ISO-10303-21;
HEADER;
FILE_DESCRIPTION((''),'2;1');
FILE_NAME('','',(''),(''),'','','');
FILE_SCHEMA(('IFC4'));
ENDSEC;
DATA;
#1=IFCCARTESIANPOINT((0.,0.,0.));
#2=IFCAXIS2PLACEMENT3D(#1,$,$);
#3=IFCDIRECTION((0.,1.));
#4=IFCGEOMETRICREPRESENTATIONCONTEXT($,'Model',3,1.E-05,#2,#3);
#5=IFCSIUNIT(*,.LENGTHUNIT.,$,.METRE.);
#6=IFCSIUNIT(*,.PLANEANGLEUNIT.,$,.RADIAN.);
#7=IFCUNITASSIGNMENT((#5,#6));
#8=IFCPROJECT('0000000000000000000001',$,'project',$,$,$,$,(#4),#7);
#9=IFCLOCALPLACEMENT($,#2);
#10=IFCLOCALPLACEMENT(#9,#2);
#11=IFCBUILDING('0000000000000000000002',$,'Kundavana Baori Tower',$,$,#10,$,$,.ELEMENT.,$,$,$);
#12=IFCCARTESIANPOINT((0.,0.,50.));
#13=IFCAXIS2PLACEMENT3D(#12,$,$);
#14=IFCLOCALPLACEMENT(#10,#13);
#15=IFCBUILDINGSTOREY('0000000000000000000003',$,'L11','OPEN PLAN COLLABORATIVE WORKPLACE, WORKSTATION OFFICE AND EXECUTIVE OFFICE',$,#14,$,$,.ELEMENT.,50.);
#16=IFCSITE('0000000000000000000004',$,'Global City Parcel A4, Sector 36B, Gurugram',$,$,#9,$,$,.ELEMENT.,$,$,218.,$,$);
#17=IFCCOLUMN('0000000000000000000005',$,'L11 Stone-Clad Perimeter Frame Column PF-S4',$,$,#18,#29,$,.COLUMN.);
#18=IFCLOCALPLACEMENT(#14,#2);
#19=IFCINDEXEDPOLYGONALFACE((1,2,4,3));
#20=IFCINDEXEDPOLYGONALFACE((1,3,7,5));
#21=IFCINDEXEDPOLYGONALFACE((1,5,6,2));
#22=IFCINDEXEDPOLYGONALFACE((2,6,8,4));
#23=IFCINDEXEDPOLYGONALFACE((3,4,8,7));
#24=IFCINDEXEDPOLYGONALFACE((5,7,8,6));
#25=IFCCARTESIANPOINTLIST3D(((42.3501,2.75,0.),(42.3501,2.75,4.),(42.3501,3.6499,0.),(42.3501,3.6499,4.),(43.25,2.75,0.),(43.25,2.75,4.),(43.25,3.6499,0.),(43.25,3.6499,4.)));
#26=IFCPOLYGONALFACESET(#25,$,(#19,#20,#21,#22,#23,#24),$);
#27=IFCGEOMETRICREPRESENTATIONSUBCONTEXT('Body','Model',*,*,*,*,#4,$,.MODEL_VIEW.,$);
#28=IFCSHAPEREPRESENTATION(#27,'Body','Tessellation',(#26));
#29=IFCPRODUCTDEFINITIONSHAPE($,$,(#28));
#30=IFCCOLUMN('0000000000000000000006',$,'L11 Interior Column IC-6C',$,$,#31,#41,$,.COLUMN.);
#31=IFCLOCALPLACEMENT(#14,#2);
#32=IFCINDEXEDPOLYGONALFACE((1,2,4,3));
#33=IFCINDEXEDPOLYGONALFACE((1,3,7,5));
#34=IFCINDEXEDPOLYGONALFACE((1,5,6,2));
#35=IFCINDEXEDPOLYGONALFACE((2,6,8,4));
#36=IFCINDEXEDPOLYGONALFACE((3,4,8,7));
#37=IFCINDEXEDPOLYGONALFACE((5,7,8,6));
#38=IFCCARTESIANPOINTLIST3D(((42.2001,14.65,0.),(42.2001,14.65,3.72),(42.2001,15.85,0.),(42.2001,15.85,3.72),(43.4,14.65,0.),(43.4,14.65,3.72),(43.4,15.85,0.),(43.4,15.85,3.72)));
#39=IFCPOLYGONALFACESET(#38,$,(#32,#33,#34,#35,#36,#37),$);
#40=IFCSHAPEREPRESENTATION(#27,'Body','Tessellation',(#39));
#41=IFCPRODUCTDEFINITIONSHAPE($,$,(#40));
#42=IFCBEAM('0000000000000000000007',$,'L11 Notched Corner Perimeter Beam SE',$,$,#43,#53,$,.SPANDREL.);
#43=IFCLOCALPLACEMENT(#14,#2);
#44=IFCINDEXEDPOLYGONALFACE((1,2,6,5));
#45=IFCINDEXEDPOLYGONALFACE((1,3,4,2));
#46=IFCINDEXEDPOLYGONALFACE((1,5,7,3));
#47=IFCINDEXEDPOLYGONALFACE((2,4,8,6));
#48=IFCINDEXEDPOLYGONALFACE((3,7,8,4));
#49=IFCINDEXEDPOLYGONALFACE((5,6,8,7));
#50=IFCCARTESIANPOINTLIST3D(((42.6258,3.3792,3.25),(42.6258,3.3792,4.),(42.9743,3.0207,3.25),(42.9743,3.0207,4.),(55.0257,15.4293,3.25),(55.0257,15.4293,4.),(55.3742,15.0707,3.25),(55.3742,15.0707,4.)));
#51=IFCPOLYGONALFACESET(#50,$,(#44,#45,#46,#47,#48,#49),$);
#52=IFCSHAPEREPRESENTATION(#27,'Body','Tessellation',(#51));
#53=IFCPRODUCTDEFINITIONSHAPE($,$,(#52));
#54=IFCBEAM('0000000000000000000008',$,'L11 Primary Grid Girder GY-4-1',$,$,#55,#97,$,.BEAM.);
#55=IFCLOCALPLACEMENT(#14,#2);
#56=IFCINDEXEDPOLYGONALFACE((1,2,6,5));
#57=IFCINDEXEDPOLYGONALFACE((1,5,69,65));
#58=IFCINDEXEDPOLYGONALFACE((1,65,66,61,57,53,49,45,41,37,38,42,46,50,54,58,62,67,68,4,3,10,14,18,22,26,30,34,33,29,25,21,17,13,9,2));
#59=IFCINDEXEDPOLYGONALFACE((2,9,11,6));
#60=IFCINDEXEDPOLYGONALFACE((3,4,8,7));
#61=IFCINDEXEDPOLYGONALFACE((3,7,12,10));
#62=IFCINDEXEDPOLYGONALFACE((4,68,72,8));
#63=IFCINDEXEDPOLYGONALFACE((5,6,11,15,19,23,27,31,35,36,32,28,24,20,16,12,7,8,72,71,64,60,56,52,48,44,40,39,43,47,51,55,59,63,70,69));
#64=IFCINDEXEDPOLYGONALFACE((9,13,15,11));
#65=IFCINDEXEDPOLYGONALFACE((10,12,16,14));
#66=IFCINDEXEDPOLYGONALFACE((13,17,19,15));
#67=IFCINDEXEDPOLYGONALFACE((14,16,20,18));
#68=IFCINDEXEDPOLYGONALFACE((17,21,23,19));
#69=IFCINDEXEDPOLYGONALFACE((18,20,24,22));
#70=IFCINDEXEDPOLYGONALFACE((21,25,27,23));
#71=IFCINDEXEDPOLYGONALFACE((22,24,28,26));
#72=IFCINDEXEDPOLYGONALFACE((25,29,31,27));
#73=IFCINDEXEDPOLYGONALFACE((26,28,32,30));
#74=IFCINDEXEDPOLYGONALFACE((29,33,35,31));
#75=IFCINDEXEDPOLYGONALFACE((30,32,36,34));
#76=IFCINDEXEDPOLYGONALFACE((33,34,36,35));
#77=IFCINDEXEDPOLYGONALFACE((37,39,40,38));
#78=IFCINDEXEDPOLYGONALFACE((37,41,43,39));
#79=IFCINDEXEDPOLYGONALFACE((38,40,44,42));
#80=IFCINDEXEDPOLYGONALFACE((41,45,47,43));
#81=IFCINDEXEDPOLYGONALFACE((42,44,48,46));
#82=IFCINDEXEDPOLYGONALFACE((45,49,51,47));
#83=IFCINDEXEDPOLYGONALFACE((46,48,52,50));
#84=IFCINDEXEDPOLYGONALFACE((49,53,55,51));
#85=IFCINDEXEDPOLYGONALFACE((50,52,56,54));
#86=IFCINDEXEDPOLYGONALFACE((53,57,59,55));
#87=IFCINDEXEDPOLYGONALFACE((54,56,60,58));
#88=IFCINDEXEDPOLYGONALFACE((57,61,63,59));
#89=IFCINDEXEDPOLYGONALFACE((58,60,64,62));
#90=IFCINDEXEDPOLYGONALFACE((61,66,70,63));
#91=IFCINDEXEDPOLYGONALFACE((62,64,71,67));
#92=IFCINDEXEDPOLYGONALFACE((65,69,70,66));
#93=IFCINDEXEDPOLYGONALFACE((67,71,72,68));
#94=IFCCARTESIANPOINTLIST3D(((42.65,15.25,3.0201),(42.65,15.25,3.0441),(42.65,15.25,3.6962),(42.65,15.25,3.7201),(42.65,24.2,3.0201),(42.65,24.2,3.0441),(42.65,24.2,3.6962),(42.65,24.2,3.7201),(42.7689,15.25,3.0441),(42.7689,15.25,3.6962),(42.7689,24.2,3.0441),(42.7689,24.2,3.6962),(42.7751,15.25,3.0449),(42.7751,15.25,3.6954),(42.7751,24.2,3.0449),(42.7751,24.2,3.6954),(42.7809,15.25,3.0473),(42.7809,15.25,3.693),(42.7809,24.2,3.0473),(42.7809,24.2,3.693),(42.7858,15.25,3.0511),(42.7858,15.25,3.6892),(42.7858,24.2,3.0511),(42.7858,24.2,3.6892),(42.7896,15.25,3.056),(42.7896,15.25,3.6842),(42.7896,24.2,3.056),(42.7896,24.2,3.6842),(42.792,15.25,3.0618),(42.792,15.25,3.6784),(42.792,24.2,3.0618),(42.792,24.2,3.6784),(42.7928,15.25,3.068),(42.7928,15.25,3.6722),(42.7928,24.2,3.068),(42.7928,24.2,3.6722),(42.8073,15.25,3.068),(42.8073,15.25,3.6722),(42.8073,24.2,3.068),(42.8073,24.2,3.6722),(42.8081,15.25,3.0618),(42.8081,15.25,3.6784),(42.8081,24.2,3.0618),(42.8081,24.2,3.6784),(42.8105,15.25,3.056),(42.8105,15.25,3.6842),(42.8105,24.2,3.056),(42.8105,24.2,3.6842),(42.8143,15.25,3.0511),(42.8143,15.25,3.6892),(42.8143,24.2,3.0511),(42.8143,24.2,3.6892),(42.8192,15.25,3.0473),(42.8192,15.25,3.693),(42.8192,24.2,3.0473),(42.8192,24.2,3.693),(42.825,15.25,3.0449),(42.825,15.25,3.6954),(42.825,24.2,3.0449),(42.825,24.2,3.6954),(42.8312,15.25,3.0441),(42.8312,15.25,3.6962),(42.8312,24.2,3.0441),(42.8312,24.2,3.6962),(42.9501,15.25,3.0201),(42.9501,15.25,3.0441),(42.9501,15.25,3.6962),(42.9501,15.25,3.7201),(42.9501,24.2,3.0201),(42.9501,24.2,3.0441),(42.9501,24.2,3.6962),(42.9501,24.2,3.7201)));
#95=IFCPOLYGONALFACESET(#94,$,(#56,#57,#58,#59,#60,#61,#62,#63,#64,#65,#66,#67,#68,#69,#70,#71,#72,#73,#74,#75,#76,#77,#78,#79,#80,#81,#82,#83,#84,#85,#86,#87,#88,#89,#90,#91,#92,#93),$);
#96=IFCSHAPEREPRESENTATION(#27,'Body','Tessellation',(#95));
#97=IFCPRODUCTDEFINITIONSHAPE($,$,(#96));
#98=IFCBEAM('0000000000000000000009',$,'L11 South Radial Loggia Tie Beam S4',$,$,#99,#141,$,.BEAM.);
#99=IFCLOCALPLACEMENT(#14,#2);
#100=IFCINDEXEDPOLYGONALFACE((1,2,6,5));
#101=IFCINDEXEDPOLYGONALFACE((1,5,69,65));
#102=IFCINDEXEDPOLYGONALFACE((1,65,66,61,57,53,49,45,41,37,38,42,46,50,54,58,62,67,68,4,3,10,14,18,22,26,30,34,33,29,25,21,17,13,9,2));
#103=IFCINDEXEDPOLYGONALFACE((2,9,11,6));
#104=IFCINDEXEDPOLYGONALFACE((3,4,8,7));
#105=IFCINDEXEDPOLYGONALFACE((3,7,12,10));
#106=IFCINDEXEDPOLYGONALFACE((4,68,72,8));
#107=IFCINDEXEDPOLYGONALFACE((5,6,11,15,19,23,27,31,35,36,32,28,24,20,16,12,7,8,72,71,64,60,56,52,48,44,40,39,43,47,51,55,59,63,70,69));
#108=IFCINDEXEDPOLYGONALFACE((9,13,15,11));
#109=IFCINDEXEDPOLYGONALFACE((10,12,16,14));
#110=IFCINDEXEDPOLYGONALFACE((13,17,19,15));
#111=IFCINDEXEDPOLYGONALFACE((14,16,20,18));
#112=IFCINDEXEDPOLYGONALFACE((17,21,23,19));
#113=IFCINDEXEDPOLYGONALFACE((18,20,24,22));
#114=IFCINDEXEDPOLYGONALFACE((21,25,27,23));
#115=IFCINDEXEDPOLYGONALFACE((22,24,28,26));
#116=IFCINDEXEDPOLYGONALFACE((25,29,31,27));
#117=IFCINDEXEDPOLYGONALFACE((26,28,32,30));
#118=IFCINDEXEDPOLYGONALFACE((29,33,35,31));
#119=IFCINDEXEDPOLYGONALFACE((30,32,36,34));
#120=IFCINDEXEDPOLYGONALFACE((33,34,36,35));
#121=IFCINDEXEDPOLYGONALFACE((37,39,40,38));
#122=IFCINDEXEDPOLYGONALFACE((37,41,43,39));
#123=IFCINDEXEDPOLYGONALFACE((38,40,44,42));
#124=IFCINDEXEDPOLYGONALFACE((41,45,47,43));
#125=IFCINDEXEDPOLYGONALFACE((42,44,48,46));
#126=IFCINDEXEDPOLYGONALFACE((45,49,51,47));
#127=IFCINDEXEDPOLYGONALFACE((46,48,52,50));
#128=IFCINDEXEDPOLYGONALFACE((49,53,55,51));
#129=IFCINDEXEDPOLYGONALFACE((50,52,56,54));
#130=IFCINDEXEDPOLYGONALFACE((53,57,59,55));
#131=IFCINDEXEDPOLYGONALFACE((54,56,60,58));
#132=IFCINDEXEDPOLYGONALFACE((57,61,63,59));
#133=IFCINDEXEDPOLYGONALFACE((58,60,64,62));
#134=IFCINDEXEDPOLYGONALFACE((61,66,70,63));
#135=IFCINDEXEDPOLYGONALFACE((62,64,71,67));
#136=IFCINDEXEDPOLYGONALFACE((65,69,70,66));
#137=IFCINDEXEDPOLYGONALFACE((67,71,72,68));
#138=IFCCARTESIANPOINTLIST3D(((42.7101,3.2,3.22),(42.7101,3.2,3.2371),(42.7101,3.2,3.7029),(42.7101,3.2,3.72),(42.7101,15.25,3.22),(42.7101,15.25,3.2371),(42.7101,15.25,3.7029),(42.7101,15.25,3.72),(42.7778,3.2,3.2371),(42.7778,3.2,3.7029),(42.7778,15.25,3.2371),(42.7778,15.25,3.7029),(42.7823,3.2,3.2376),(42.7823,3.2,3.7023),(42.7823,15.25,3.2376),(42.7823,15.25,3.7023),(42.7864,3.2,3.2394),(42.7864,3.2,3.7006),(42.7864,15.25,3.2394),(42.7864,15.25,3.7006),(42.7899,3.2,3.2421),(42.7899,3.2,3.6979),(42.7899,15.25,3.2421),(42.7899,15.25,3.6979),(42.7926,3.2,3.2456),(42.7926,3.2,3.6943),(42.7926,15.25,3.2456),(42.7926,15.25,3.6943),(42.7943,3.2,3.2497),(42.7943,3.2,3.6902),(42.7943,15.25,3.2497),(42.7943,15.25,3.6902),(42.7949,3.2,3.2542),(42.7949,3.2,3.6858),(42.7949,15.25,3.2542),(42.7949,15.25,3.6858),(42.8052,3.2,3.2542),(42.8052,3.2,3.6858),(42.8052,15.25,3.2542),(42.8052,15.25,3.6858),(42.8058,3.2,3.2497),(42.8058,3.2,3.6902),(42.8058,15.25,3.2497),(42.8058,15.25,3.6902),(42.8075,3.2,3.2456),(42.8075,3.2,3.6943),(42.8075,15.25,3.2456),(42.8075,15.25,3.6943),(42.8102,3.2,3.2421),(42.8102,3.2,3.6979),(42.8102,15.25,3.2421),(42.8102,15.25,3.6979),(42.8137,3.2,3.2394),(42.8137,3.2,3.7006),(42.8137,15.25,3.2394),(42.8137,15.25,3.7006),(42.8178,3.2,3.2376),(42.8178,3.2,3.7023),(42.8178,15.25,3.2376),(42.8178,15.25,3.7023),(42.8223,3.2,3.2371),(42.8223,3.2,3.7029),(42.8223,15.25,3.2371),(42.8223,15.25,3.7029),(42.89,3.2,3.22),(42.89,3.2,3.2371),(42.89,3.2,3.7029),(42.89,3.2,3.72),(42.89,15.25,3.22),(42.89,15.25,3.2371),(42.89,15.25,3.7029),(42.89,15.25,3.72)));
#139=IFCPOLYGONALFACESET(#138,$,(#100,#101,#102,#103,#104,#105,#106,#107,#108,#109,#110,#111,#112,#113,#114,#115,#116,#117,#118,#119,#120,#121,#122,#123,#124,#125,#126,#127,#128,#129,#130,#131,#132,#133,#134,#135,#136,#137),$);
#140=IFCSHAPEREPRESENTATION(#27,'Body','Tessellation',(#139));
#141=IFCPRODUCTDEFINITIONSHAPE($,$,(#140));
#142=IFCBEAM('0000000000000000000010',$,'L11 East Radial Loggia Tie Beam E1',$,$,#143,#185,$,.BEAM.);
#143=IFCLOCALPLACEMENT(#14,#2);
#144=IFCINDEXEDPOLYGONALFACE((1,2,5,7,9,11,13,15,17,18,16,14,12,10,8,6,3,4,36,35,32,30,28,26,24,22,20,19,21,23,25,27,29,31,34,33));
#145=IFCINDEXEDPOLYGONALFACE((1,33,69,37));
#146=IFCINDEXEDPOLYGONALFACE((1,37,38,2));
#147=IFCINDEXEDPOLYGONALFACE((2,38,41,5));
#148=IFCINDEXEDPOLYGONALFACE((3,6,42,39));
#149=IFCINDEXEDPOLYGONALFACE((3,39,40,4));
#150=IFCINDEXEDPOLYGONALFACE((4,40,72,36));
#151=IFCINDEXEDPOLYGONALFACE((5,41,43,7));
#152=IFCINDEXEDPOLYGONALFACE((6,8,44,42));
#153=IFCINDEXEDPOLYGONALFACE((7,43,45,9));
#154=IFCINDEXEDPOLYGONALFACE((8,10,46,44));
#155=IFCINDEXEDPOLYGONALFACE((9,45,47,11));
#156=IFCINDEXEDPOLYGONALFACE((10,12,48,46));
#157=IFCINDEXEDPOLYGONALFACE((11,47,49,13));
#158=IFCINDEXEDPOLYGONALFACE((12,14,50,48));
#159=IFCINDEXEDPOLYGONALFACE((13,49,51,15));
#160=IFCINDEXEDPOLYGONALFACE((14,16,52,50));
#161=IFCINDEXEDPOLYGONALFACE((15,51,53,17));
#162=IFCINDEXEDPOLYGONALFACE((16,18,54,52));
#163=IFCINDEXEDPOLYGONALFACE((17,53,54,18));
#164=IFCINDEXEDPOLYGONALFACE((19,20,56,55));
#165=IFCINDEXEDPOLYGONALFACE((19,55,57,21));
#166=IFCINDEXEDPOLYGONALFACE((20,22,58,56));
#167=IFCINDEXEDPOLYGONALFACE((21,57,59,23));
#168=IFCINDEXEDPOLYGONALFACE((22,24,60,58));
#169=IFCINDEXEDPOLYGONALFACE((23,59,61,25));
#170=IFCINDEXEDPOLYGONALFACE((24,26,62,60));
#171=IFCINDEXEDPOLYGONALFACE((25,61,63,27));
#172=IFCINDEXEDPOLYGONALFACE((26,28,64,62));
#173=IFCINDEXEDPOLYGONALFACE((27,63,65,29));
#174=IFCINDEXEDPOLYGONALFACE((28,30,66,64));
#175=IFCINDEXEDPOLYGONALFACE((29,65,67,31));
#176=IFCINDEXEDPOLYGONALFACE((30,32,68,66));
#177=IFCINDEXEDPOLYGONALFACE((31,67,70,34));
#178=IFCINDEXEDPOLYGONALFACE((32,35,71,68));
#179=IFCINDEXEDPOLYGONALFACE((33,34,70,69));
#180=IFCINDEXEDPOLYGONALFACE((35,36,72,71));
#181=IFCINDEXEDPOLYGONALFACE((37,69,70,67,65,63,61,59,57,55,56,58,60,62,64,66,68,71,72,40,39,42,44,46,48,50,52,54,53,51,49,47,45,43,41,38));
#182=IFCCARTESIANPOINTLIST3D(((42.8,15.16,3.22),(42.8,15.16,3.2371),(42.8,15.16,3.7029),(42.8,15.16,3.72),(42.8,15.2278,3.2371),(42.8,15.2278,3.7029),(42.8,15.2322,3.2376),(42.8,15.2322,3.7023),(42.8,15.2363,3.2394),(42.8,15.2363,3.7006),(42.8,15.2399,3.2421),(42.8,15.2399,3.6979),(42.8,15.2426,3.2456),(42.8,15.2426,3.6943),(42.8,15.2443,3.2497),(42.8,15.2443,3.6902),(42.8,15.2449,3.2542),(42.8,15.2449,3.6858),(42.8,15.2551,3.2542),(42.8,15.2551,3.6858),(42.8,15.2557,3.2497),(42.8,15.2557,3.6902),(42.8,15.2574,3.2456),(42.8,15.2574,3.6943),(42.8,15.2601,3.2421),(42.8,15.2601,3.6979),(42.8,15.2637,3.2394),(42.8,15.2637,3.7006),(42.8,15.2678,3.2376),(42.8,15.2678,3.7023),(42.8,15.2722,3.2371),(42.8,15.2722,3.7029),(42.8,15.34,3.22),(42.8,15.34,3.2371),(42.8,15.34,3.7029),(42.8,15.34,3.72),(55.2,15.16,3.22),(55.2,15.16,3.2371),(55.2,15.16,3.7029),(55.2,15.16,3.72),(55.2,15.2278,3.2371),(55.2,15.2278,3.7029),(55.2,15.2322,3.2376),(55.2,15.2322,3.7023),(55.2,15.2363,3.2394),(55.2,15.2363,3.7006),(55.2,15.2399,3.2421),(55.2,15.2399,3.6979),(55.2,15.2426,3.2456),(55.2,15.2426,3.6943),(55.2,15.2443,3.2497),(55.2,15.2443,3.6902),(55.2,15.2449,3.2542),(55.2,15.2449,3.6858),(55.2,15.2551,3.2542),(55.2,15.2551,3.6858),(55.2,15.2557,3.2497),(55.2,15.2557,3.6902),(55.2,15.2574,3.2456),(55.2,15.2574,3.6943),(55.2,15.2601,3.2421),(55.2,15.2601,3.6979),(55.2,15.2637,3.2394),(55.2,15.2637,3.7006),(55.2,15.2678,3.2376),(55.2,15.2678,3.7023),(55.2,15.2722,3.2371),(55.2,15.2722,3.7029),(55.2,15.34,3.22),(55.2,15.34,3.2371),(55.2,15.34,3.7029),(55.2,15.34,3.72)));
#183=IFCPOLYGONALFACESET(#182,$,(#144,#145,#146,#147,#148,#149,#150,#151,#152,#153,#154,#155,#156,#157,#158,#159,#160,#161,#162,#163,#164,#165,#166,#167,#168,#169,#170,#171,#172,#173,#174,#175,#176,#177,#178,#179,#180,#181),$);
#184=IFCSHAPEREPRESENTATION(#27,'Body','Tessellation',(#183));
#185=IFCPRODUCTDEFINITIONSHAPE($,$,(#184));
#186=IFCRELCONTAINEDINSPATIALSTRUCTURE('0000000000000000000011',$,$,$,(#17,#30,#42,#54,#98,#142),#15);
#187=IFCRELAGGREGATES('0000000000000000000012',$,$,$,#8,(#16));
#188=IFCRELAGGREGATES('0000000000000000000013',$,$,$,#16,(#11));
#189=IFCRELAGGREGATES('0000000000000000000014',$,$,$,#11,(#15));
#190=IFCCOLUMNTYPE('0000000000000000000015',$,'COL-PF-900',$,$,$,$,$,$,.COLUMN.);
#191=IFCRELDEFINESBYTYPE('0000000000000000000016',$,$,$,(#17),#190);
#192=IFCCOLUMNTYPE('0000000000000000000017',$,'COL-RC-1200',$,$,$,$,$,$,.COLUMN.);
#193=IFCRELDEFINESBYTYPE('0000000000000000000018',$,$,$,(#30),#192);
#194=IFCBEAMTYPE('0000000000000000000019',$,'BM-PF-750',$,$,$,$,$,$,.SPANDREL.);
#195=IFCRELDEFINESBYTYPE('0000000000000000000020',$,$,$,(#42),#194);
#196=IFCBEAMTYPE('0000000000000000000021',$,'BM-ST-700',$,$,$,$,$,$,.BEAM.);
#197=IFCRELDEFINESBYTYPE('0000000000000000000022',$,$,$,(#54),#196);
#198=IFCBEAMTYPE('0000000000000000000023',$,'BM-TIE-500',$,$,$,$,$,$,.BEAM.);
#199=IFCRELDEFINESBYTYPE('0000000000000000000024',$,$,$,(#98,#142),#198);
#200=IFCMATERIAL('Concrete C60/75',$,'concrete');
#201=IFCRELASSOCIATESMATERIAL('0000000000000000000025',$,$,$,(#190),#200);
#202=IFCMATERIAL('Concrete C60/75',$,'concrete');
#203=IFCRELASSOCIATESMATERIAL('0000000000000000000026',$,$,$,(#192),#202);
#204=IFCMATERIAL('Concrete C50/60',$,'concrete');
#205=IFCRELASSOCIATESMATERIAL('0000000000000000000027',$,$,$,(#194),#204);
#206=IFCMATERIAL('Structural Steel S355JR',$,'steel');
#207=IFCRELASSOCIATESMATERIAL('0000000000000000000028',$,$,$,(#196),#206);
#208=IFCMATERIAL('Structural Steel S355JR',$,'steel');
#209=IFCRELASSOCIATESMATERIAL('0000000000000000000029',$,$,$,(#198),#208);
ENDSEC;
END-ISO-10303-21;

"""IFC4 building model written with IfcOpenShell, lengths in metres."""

from ifc_helpers import new_model, si_unit, direction, frame, origin, origin_2d, place, context, subcontext, project, spatial, rectangle, i_section, extrude, material, material_profile, profile_set, type_object, element, save


model = new_model("IFC4")

# Units and contexts
model_context = context("Model", 3, precision=1e-05, world=origin(), true_north=direction((0.0, 1.0)))
body_context = subcontext(model_context, "Body", "Model", "MODEL_VIEW")
ifc_project = project(units=[si_unit("LENGTHUNIT", "METRE"), si_unit("PLANEANGLEUNIT", "RADIAN")], contexts=[model_context])

# Site, building, storey
site_placement = place(None, origin())
site = spatial("IfcSite", under=ifc_project, at=site_placement, Name="Global City Parcel A4, Sector 36B, Gurugram", CompositionType="ELEMENT", RefElevation=218.0)
building_placement = place(site_placement, origin())
building = spatial("IfcBuilding", under=site, at=building_placement, Name="Kundavana Baori Tower", CompositionType="ELEMENT")
storey_placement = place(building_placement, frame((0.0, 0.0, 50.0)))
storey = spatial("IfcBuildingStorey", under=building, at=storey_placement, Name="L11", Description="OPEN PLAN COLLABORATIVE WORKPLACE, WORKSTATION OFFICE AND EXECUTIVE OFFICE", CompositionType="ELEMENT", Elevation=50.0)

# Columns
ifc_material_1 = material(Name="Concrete C60/75", Category="concrete")
ifc_material_profile_1 = material_profile(ifc_material_1, rectangle(XDim=0.8999, YDim=0.8999, at=origin_2d()), Name="RC PF 900x900")
ifc_profile_set_1 = profile_set([ifc_material_profile_1], Name="Concrete C60/75")
column_type_1 = type_object("IfcColumnType", Name="COL-PF-900", PredefinedType="COLUMN", material=ifc_profile_set_1)
column_1_placement = place(storey_placement, frame((42.8, 3.2, 0.0), z_axis=(0.0, 0.0, 1.0), x_axis=(1.0, 0.0, 0.0)))
element("IfcColumn", 1, at=column_1_placement, inside=storey, type_object=column_type_1, Name="L11 Stone-Clad Perimeter Frame Column PF-S4", PredefinedType="COLUMN", context=body_context, shape_type="SweptSolid", body=[
    extrude(rectangle(XDim=0.8999, YDim=0.8999, at=origin_2d()), origin(), (0.0, 0.0, 1.0), 4.0),
])
ifc_material_2 = material(Name="Concrete C60/75", Category="concrete")
ifc_material_profile_2 = material_profile(ifc_material_2, rectangle(XDim=1.2, YDim=1.2, at=origin_2d()), Name="RC 1200x1200")
ifc_profile_set_2 = profile_set([ifc_material_profile_2], Name="Concrete C60/75")
column_type_2 = type_object("IfcColumnType", Name="COL-RC-1200", PredefinedType="COLUMN", material=ifc_profile_set_2)
column_2_placement = place(storey_placement, frame((42.8, 15.25, 0.0), z_axis=(0.0, 0.0, 1.0), x_axis=(1.0, 0.0, 0.0)))
element("IfcColumn", 2, at=column_2_placement, inside=storey, type_object=column_type_2, Name="L11 Interior Column IC-6C", PredefinedType="COLUMN", context=body_context, shape_type="SweptSolid", body=[
    extrude(rectangle(XDim=1.2, YDim=1.2, at=origin_2d()), origin(), (0.0, 0.0, 1.0), 3.72),
])

# Beams
ifc_material_3 = material(Name="Concrete C50/60", Category="concrete")
ifc_material_profile_3 = material_profile(ifc_material_3, rectangle(XDim=0.5, YDim=0.75, at=origin_2d()), Name="RC BM 500x750")
ifc_profile_set_3 = profile_set([ifc_material_profile_3], Name="Concrete C50/60")
beam_type_1 = type_object("IfcBeamType", Name="BM-PF-750", PredefinedType="SPANDREL", material=ifc_profile_set_3)
beam_1_placement = place(storey_placement, frame((42.8, 3.2, 3.625), z_axis=(0.717151, 0.696917, 0.0), x_axis=(-0.696917, 0.717151, 0.0)))
element("IfcBeam", 3, at=beam_1_placement, inside=storey, type_object=beam_type_1, Name="L11 Notched Corner Perimeter Beam SE", PredefinedType="SPANDREL", context=body_context, shape_type="SweptSolid", body=[
    extrude(rectangle(XDim=0.5, YDim=0.75, at=origin_2d()), origin(), (0.0, 0.0, 1.0), 17.2905),
])
ifc_material_4 = material(Name="Structural Steel S355JR", Category="steel")
ifc_material_profile_4 = material_profile(ifc_material_4, i_section(OverallWidth=0.3, OverallDepth=0.7, WebThickness=0.0144, FlangeThickness=0.0239, FilletRadius=0.0239, at=origin_2d()), Name="NPB 700x300x170")
ifc_profile_set_4 = profile_set([ifc_material_profile_4], Name="Structural Steel S355JR")
beam_type_2 = type_object("IfcBeamType", Name="BM-ST-700", PredefinedType="BEAM", material=ifc_profile_set_4)
beam_2_placement = place(storey_placement, frame((42.8, 15.25, 3.3701), z_axis=(0.0, 1.0, 0.0), x_axis=(-1.0, 0.0, 0.0)))
element("IfcBeam", 4, at=beam_2_placement, inside=storey, type_object=beam_type_2, Name="L11 Primary Grid Girder GY-4-1", PredefinedType="BEAM", context=body_context, shape_type="SweptSolid", body=[
    extrude(i_section(OverallWidth=0.3, OverallDepth=0.7, WebThickness=0.0144, FlangeThickness=0.0239, FilletRadius=0.0239, at=origin_2d()), origin(), (0.0, 0.0, 1.0), 8.95),
])
ifc_material_5 = material(Name="Structural Steel S355JR", Category="steel")
ifc_material_profile_5 = material_profile(ifc_material_5, i_section(OverallWidth=0.1799, OverallDepth=0.5, WebThickness=0.0103, FlangeThickness=0.0171, FilletRadius=0.0171, at=origin_2d()), Name="ISMB 500")
ifc_profile_set_5 = profile_set([ifc_material_profile_5], Name="Structural Steel S355JR")
beam_type_3 = type_object("IfcBeamType", Name="BM-TIE-500", PredefinedType="BEAM", material=ifc_profile_set_5)
beam_3_placement = place(storey_placement, frame((42.8, 15.25, 3.47), z_axis=(0.0, -1.0, 0.0), x_axis=(1.0, 0.0, 0.0)))
element("IfcBeam", 5, at=beam_3_placement, inside=storey, type_object=beam_type_3, Name="L11 South Radial Loggia Tie Beam S4", PredefinedType="BEAM", context=body_context, shape_type="SweptSolid", body=[
    extrude(i_section(OverallWidth=0.1799, OverallDepth=0.5, WebThickness=0.0103, FlangeThickness=0.0171, FilletRadius=0.0171, at=origin_2d()), origin(), (0.0, 0.0, 1.0), 12.05),
])
beam_4_placement = place(storey_placement, frame((42.8, 15.25, 3.47), z_axis=(1.0, 0.0, 0.0), x_axis=(0.0, 1.0, 0.0)))
element("IfcBeam", 6, at=beam_4_placement, inside=storey, type_object=beam_type_3, Name="L11 East Radial Loggia Tie Beam E1", PredefinedType="BEAM", context=body_context, shape_type="SweptSolid", body=[
    extrude(i_section(OverallWidth=0.1799, OverallDepth=0.5, WebThickness=0.0103, FlangeThickness=0.0171, FilletRadius=0.0171, at=origin_2d()), origin(), (0.0, 0.0, 1.0), 12.3999),
])

save(model, "model.ifc")
